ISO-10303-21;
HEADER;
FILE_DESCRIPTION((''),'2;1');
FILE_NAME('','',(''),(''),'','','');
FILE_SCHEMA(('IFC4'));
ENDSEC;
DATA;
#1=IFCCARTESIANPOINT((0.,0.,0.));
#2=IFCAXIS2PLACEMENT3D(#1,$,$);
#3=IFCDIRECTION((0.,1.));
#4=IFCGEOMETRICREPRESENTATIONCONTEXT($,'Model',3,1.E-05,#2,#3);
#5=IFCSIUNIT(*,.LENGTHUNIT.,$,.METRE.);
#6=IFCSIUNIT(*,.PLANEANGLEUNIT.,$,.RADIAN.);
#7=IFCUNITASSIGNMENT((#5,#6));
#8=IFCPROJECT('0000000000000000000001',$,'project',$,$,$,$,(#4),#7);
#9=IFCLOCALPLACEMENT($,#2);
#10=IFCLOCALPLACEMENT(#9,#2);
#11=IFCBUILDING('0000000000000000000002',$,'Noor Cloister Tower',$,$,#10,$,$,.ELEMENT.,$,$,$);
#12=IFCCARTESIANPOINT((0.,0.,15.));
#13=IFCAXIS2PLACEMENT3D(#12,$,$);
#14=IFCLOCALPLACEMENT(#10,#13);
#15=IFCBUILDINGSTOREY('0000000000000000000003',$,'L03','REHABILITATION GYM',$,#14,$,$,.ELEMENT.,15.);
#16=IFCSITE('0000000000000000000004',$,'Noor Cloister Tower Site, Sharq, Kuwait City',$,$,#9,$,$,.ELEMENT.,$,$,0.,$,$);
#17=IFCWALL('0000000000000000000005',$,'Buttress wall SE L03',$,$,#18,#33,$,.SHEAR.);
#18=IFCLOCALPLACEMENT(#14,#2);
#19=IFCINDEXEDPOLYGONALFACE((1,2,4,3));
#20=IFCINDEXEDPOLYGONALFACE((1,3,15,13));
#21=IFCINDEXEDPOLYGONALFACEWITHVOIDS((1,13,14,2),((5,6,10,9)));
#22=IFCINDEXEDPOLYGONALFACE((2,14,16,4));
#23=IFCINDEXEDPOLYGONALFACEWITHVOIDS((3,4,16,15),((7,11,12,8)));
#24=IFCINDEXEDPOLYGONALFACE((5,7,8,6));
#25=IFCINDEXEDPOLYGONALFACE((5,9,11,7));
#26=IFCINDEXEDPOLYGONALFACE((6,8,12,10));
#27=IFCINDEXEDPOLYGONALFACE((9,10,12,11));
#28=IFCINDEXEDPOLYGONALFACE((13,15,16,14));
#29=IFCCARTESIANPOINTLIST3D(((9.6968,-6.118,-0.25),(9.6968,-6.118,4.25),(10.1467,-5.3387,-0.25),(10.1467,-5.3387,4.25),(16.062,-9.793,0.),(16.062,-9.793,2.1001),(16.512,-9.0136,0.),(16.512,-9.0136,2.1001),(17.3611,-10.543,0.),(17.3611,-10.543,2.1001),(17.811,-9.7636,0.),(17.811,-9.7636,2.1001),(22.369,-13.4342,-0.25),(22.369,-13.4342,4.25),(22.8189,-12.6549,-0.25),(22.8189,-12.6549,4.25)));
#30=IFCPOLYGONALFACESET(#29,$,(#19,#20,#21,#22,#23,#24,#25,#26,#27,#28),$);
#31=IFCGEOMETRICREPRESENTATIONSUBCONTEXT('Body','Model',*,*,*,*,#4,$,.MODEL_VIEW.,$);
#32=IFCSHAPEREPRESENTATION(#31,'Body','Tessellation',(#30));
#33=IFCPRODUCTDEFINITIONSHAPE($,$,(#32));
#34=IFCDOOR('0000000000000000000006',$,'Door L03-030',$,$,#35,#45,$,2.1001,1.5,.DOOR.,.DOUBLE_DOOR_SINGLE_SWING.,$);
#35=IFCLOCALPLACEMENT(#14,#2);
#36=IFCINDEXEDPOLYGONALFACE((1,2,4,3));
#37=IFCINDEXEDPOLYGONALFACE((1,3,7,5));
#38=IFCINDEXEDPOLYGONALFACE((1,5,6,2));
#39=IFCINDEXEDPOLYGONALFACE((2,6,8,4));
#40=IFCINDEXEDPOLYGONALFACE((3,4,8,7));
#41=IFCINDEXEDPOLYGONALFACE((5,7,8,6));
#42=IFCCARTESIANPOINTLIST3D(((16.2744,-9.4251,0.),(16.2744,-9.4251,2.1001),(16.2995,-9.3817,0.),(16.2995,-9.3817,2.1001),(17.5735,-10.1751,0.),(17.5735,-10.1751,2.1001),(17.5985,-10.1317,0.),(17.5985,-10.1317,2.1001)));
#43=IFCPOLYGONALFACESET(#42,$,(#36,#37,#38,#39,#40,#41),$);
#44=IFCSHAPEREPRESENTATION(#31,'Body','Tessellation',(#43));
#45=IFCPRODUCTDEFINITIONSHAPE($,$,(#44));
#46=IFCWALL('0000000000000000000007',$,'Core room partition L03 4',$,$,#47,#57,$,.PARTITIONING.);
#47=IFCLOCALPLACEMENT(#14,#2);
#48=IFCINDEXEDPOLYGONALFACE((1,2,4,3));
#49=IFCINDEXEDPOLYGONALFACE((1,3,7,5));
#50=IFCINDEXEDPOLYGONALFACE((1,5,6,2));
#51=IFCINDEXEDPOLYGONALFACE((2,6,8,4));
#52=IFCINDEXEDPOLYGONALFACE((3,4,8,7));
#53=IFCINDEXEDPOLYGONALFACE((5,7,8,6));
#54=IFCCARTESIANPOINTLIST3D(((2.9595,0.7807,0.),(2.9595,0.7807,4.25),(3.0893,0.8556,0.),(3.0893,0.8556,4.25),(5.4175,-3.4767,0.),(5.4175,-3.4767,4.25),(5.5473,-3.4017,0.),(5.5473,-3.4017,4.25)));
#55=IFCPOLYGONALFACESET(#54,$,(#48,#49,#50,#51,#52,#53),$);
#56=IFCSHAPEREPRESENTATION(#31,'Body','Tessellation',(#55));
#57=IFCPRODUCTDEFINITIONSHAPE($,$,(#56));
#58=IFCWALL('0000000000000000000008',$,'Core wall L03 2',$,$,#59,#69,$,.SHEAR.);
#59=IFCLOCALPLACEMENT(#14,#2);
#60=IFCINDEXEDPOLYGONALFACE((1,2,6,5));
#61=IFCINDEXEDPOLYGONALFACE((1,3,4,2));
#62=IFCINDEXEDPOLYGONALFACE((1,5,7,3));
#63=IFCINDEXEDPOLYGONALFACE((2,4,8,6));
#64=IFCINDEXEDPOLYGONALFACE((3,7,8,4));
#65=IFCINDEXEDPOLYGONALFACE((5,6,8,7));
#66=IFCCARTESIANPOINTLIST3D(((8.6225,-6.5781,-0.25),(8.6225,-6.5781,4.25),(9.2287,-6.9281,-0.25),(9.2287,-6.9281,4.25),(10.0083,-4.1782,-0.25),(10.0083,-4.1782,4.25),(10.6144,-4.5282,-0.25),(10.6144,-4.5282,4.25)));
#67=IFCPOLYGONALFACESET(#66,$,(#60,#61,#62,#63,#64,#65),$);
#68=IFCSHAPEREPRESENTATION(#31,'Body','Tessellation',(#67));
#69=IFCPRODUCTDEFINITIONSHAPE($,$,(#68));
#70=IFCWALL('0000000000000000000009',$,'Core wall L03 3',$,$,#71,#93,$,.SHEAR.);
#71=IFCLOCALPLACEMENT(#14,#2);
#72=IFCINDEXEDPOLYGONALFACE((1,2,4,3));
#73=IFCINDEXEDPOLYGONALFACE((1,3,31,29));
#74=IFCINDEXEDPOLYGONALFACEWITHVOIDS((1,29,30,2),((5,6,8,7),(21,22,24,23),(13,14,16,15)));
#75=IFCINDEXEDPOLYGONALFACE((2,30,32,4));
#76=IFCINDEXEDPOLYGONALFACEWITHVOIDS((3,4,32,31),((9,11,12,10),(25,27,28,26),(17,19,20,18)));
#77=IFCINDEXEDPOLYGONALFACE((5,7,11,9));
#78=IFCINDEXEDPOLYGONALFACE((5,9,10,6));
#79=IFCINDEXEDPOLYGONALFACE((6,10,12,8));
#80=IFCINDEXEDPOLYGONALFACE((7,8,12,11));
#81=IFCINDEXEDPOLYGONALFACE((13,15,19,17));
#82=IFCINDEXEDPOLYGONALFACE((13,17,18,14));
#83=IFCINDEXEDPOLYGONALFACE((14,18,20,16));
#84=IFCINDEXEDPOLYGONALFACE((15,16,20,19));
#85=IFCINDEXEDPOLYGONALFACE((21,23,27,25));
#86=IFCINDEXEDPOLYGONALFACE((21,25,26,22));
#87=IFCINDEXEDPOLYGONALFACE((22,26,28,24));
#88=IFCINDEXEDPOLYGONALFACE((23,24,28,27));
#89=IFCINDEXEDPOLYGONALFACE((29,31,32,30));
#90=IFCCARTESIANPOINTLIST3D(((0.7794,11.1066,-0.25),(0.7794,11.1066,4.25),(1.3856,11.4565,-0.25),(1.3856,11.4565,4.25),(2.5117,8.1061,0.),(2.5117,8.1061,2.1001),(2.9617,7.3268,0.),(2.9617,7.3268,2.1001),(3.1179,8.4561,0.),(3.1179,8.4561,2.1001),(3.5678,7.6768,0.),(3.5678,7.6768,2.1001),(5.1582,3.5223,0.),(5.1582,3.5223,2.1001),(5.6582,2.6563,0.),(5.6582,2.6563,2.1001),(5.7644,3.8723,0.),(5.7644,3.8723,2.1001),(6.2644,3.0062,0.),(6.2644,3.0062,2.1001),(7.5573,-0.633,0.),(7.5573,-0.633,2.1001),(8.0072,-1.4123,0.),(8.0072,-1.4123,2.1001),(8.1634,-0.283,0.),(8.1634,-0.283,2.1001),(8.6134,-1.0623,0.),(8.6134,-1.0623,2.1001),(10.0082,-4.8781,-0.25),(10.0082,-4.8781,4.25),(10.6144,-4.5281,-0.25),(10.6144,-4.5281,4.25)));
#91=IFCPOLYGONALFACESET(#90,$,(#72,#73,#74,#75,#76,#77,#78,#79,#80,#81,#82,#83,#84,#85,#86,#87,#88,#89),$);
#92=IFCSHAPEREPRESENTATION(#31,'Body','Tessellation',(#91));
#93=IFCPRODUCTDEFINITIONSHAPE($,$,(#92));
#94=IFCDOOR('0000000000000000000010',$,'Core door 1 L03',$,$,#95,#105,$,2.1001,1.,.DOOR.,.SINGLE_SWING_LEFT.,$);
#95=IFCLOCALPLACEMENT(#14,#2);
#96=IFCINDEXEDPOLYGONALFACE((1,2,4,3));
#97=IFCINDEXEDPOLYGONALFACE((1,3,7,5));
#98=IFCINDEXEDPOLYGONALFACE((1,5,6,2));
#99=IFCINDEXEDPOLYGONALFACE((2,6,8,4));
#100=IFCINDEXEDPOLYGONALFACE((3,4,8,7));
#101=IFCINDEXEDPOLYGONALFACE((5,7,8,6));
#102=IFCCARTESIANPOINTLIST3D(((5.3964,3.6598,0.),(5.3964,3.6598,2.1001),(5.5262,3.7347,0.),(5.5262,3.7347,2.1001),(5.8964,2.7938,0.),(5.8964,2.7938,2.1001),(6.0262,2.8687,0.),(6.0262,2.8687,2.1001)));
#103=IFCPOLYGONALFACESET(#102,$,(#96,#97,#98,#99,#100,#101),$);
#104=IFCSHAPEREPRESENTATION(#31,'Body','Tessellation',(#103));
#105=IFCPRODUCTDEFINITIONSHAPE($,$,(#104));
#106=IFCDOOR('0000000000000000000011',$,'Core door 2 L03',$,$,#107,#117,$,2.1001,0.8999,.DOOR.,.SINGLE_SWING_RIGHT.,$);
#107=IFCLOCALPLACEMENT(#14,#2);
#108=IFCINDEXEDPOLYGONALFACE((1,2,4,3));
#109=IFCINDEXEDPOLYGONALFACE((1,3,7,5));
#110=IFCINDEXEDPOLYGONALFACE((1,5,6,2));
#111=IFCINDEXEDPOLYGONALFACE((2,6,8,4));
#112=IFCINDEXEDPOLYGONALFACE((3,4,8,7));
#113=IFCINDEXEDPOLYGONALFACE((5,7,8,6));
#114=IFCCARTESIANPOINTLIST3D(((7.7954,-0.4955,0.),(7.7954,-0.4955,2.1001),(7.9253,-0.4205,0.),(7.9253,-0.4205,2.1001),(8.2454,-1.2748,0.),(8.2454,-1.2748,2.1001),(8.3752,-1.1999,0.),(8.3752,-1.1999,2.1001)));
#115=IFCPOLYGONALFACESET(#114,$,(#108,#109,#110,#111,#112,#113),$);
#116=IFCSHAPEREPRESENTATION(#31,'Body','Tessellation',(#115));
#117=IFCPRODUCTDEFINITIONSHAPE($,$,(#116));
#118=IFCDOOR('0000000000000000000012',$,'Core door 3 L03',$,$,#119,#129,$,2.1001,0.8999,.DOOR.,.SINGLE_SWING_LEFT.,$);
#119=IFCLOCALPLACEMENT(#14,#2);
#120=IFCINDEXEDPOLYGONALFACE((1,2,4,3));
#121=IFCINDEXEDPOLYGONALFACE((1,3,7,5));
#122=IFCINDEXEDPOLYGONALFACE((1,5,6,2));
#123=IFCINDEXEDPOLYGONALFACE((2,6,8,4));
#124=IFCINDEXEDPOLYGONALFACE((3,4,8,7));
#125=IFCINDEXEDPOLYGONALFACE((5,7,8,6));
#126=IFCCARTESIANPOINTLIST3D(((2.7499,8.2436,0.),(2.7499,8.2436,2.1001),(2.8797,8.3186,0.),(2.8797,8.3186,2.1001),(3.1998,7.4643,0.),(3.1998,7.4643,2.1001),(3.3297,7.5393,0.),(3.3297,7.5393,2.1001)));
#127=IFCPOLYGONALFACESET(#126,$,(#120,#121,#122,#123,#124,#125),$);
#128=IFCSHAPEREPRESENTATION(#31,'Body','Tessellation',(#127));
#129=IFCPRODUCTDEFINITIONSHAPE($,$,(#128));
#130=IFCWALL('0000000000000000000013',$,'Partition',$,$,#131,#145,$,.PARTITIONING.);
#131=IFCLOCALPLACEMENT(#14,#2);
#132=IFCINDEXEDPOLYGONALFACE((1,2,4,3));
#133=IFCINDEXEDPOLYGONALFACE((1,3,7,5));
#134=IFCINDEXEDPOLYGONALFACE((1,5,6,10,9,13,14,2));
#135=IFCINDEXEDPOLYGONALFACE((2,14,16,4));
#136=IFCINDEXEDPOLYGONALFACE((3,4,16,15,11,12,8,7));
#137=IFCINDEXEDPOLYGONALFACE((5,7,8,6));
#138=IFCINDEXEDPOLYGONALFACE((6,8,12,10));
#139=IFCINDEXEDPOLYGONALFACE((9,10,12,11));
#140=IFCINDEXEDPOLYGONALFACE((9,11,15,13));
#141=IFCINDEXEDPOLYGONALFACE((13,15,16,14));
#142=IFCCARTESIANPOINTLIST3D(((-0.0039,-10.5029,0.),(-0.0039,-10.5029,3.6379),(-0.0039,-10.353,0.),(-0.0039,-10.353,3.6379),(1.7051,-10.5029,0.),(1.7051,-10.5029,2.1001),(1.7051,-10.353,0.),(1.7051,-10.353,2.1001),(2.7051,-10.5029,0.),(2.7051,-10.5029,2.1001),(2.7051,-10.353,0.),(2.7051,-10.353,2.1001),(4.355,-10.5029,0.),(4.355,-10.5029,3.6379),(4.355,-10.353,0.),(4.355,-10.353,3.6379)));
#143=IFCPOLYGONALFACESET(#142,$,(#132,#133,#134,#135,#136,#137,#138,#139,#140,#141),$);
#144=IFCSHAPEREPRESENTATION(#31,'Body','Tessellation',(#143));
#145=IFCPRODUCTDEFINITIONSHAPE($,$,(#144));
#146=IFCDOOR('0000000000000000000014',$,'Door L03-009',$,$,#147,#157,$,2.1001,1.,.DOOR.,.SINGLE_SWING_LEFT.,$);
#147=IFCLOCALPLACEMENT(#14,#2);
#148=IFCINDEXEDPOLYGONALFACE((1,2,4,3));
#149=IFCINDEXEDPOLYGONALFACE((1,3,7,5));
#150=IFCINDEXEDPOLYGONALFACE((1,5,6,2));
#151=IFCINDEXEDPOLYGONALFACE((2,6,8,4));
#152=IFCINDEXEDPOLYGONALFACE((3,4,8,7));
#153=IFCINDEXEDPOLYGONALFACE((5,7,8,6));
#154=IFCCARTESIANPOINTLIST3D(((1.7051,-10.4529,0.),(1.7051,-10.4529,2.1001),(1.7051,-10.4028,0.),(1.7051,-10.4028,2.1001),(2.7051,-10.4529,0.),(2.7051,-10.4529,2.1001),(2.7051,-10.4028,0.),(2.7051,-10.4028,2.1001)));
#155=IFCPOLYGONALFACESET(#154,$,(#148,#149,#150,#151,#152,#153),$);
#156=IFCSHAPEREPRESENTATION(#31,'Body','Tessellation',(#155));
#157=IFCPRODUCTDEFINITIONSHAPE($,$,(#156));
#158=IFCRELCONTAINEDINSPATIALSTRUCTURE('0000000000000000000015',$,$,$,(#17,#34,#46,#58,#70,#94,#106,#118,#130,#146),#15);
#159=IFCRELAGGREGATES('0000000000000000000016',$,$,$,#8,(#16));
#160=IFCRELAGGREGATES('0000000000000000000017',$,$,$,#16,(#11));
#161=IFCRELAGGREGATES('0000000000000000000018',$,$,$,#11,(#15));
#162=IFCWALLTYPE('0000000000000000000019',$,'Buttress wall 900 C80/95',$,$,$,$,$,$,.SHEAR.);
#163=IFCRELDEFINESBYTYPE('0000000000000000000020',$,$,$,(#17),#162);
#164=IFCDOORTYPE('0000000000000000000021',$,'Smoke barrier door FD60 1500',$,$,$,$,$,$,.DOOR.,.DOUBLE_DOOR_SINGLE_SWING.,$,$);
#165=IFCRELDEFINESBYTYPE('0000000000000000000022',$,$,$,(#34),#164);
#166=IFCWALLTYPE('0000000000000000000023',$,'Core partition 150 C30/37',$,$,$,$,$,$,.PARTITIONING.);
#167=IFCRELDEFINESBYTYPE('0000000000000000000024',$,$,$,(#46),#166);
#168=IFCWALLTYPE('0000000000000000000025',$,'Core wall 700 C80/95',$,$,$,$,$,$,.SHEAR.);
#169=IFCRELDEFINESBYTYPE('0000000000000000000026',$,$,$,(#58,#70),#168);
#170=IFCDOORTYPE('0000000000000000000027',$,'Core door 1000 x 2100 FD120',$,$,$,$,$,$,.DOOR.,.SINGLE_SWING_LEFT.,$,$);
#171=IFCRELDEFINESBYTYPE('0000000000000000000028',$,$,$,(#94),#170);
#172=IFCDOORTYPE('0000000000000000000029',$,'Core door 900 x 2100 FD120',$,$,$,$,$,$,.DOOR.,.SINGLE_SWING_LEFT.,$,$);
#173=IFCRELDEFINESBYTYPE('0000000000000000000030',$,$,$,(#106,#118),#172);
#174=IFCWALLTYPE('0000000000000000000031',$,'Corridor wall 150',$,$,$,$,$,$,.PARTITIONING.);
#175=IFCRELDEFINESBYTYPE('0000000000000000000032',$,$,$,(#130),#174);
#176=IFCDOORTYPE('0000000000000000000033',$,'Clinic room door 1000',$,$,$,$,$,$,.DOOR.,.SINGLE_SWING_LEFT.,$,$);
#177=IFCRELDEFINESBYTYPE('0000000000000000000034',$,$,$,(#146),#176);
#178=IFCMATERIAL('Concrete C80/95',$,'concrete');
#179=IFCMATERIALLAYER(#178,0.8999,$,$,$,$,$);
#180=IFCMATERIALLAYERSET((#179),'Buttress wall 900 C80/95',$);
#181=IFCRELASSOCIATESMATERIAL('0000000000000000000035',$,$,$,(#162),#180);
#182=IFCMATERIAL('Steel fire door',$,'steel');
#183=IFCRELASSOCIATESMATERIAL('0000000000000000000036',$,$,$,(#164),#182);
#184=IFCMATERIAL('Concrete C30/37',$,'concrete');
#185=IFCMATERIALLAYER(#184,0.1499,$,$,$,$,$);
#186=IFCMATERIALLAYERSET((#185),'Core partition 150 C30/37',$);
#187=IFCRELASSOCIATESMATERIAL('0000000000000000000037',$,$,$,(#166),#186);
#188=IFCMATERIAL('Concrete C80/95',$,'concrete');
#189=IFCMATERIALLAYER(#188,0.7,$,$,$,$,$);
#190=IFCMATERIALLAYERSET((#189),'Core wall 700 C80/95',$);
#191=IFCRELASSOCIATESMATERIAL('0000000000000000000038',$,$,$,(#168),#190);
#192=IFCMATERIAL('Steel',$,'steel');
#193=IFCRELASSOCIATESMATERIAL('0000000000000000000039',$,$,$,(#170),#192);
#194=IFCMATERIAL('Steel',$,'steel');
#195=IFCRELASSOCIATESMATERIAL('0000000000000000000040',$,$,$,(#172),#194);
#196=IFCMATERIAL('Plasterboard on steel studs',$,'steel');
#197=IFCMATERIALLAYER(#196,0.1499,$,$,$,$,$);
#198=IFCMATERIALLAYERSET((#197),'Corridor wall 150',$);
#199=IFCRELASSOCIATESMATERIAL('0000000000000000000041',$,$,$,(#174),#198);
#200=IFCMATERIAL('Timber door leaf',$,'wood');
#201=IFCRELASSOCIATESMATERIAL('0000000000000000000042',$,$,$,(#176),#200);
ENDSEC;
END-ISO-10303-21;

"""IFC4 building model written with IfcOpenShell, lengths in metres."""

from ifc_helpers import new_model, si_unit, direction, frame, frame_2d, origin, place, context, subcontext, project, spatial, rectangle, extrude, material, layer, layer_set, type_object, element, fill, save


model = new_model("IFC4")

# Units and contexts
model_context = context("Model", 3, precision=1e-05, world=origin(), true_north=direction((0.0, 1.0)))
body_context = subcontext(model_context, "Body", "Model", "MODEL_VIEW")
ifc_project = project(units=[si_unit("LENGTHUNIT", "METRE"), si_unit("PLANEANGLEUNIT", "RADIAN")], contexts=[model_context])

# Site, building, storey
site_placement = place(None, origin())
site = spatial("IfcSite", under=ifc_project, at=site_placement, Name="Noor Cloister Tower Site, Sharq, Kuwait City", CompositionType="ELEMENT", RefElevation=0.0)
building_placement = place(site_placement, origin())
building = spatial("IfcBuilding", under=site, at=building_placement, Name="Noor Cloister Tower", CompositionType="ELEMENT")
storey_placement = place(building_placement, frame((0.0, 0.0, 15.0)))
storey = spatial("IfcBuildingStorey", under=building, at=storey_placement, Name="L03", Description="REHABILITATION GYM", CompositionType="ELEMENT", Elevation=15.0)

# Wall, opening, door
ifc_material_1 = material(Name="Concrete C80/95", Category="concrete")
ifc_layer_1 = layer(ifc_material_1, 0.8999)
ifc_layer_set_1 = layer_set([ifc_layer_1], Name="Buttress wall 900 C80/95")
wall_type_1 = type_object("IfcWallType", Name="Buttress wall 900 C80/95", PredefinedType="SHEAR", material=ifc_layer_set_1)
wall_1_placement = place(storey_placement, frame((9.9216, -5.7283, -0.25), z_axis=(0.0, 0.0, 1.0), x_axis=(0.866028, -0.499995, 0.0)))
wall_1 = element("IfcWall", 1, at=wall_1_placement, inside=storey, type_object=wall_type_1, Name="Buttress wall SE L03", PredefinedType="SHEAR", context=body_context, shape_type="SweptSolid", body=[
    extrude(rectangle(XDim=14.6326, YDim=0.8999, at=frame_2d((7.3164, 0.0))), origin(), (0.0, 0.0, 1.0), 4.5),
])
opening_1_placement = place(wall_1_placement, frame((7.3501, 0.0, 0.25)))
opening_1 = element("IfcOpeningElement", 2, at=opening_1_placement, cuts=wall_1, PredefinedType="OPENING", context=body_context, shape_type="SweptSolid", body=[
    extrude(rectangle(XDim=1.5, YDim=2.1001, at=frame_2d((0.75, 1.05))), frame((0.0, 0.46, 0.0), z_axis=(0.0, -1.0, 0.0), x_axis=(1.0, 0.0, 0.0)), (0.0, 0.0, 1.0), 0.9199),
])
ifc_material_2 = material(Name="Steel fire door", Category="steel")
door_type_1 = type_object("IfcDoorType", Name="Smoke barrier door FD60 1500", OperationType="DOUBLE_DOOR_SINGLE_SWING", PredefinedType="DOOR", material=ifc_material_2)
door_1_placement = place(opening_1_placement, origin())
door_1 = element("IfcDoor", 3, at=door_1_placement, inside=storey, type_object=door_type_1, Name="Door L03-030", OperationType="DOUBLE_DOOR_SINGLE_SWING", OverallHeight=2.1001, OverallWidth=1.5, PredefinedType="DOOR", context=body_context, shape_type="SweptSolid", body=[
    extrude(rectangle(XDim=1.5, YDim=2.1001, at=frame_2d((0.75, 1.05))), frame((0.0, 0.0249, 0.0), z_axis=(0.0, -1.0, 0.0), x_axis=(1.0, 0.0, 0.0)), (0.0, 0.0, 1.0), 0.05),
])
fill(opening_1, door_1)

# Walls
ifc_material_3 = material(Name="Concrete C30/37", Category="concrete")
ifc_layer_2 = layer(ifc_material_3, 0.1499)
ifc_layer_set_2 = layer_set([ifc_layer_2], Name="Core partition 150 C30/37")
wall_type_2 = type_object("IfcWallType", Name="Core partition 150 C30/37", PredefinedType="PARTITIONING", material=ifc_layer_set_2)
wall_2_placement = place(storey_placement, frame((5.4824, -3.4392, 0.0), z_axis=(0.0, 0.0, 1.0), x_axis=(-0.500006, 0.866022, 0.0)))
element("IfcWall", 4, at=wall_2_placement, inside=storey, type_object=wall_type_2, Name="Core room partition L03 4", PredefinedType="PARTITIONING", context=body_context, shape_type="SweptSolid", body=[
    extrude(rectangle(XDim=4.916, YDim=0.1499, at=frame_2d((2.458, 0.0))), origin(), (0.0, 0.0, 1.0), 4.25),
])
ifc_material_4 = material(Name="Concrete C80/95", Category="concrete")
ifc_layer_3 = layer(ifc_material_4, 0.7)
ifc_layer_set_3 = layer_set([ifc_layer_3], Name="Core wall 700 C80/95")
wall_type_3 = type_object("IfcWallType", Name="Core wall 700 C80/95", PredefinedType="SHEAR", material=ifc_layer_set_3)
wall_3_placement = place(storey_placement, frame((8.9255, -6.7532, -0.25), z_axis=(0.0, 0.0, 1.0), x_axis=(0.500043, 0.866001, 0.0)))
element("IfcWall", 5, at=wall_3_placement, inside=storey, type_object=wall_type_3, Name="Core wall L03 2", PredefinedType="SHEAR", context=body_context, shape_type="SweptSolid", body=[
    extrude(rectangle(XDim=2.7712, YDim=0.7, at=frame_2d((1.3857, 0.0))), origin(), (0.0, 0.0, 1.0), 4.5),
])

# Wall, openings, doors
wall_4_placement = place(storey_placement, frame((10.3113, -4.7031, -0.25), z_axis=(0.0, 0.0, 1.0), x_axis=(-0.500001, 0.866025, 0.0)))
wall_4 = element("IfcWall", 6, at=wall_4_placement, inside=storey, type_object=wall_type_3, Name="Core wall L03 3", PredefinedType="SHEAR", context=body_context, shape_type="SweptSolid", body=[
    extrude(rectangle(XDim=18.4575, YDim=0.7, at=frame_2d((9.2288, 0.0))), origin(), (0.0, 0.0, 1.0), 4.5),
])
opening_2_placement = place(wall_4_placement, frame((8.7, 0.0, 0.25)))
opening_2 = element("IfcOpeningElement", 7, at=opening_2_placement, cuts=wall_4, PredefinedType="OPENING", context=body_context, shape_type="SweptSolid", body=[
    extrude(rectangle(XDim=1.0, YDim=2.1001, at=frame_2d((0.5, 1.05))), frame((0.0, 0.3599, 0.0), z_axis=(0.0, -1.0, 0.0), x_axis=(1.0, 0.0, 0.0)), (0.0, 0.0, 1.0), 0.72),
])
opening_3_placement = place(wall_4_placement, frame((4.002, 0.0, 0.25)))
opening_3 = element("IfcOpeningElement", 8, at=opening_3_placement, cuts=wall_4, PredefinedType="OPENING", context=body_context, shape_type="SweptSolid", body=[
    extrude(rectangle(XDim=0.8999, YDim=2.1001, at=frame_2d((0.45, 1.05))), frame((0.0, 0.3599, 0.0), z_axis=(0.0, -1.0, 0.0), x_axis=(1.0, 0.0, 0.0)), (0.0, 0.0, 1.0), 0.72),
])
opening_4_placement = place(wall_4_placement, frame((14.093, 0.0, 0.25)))
opening_4 = element("IfcOpeningElement", 9, at=opening_4_placement, cuts=wall_4, PredefinedType="OPENING", context=body_context, shape_type="SweptSolid", body=[
    extrude(rectangle(XDim=0.8999, YDim=2.1001, at=frame_2d((0.45, 1.05))), frame((0.0, 0.3599, 0.0), z_axis=(0.0, -1.0, 0.0), x_axis=(1.0, 0.0, 0.0)), (0.0, 0.0, 1.0), 0.72),
])
ifc_material_5 = material(Name="Steel", Category="steel")
door_type_2 = type_object("IfcDoorType", Name="Core door 1000 x 2100 FD120", OperationType="SINGLE_SWING_LEFT", PredefinedType="DOOR", material=ifc_material_5)
door_2_placement = place(opening_2_placement, origin())
door_2 = element("IfcDoor", 10, at=door_2_placement, inside=storey, type_object=door_type_2, Name="Core door 1 L03", OperationType="SINGLE_SWING_LEFT", OverallHeight=2.1001, OverallWidth=1.0, PredefinedType="DOOR", context=body_context, shape_type="SweptSolid", body=[
    extrude(rectangle(XDim=1.0, YDim=2.1001, at=frame_2d((0.5, 1.05))), frame((0.0, 0.075, 0.0), z_axis=(0.0, -1.0, 0.0), x_axis=(1.0, 0.0, 0.0)), (0.0, 0.0, 1.0), 0.1499),
])
fill(opening_2, door_2)
ifc_material_6 = material(Name="Steel", Category="steel")
door_type_3 = type_object("IfcDoorType", Name="Core door 900 x 2100 FD120", OperationType="SINGLE_SWING_LEFT", PredefinedType="DOOR", material=ifc_material_6)
door_3_placement = place(opening_3_placement, origin())
door_3 = element("IfcDoor", 11, at=door_3_placement, inside=storey, type_object=door_type_3, Name="Core door 2 L03", OperationType="SINGLE_SWING_RIGHT", OverallHeight=2.1001, OverallWidth=0.8999, PredefinedType="DOOR", context=body_context, shape_type="SweptSolid", body=[
    extrude(rectangle(XDim=0.8999, YDim=2.1001, at=frame_2d((0.45, 1.05))), frame((0.0, 0.075, 0.0), z_axis=(0.0, -1.0, 0.0), x_axis=(1.0, 0.0, 0.0)), (0.0, 0.0, 1.0), 0.1499),
])
fill(opening_3, door_3)
door_4_placement = place(opening_4_placement, origin())
door_4 = element("IfcDoor", 12, at=door_4_placement, inside=storey, type_object=door_type_3, Name="Core door 3 L03", OperationType="SINGLE_SWING_LEFT", OverallHeight=2.1001, OverallWidth=0.8999, PredefinedType="DOOR", context=body_context, shape_type="SweptSolid", body=[
    extrude(rectangle(XDim=0.8999, YDim=2.1001, at=frame_2d((0.45, 1.05))), frame((0.0, 0.075, 0.0), z_axis=(0.0, -1.0, 0.0), x_axis=(1.0, 0.0, 0.0)), (0.0, 0.0, 1.0), 0.1499),
])
fill(opening_4, door_4)

# Wall, opening, door
ifc_material_7 = material(Name="Plasterboard on steel studs", Category="steel")
ifc_layer_4 = layer(ifc_material_7, 0.1499)
ifc_layer_set_4 = layer_set([ifc_layer_4], Name="Corridor wall 150")
wall_type_4 = type_object("IfcWallType", Name="Corridor wall 150", PredefinedType="PARTITIONING", material=ifc_layer_set_4)
wall_5_placement = place(storey_placement, frame((4.355, -10.428, 0.0), z_axis=(0.0, 0.0, 1.0), x_axis=(-1.0, 0.0, 0.0)))
wall_5 = element("IfcWall", 13, at=wall_5_placement, inside=storey, type_object=wall_type_4, Name="Partition", PredefinedType="PARTITIONING", context=body_context, shape_type="SweptSolid", body=[
    extrude(rectangle(XDim=4.3589, YDim=0.1499, at=frame_2d((2.1794, 0.0))), origin(), (0.0, 0.0, 1.0), 3.6379),
])
opening_5_placement = place(wall_5_placement, frame((1.6499, 0.0, 0.0)))
opening_5 = element("IfcOpeningElement", 14, at=opening_5_placement, cuts=wall_5, PredefinedType="OPENING", context=body_context, shape_type="SweptSolid", body=[
    extrude(rectangle(XDim=1.0, YDim=2.1001, at=frame_2d((0.5, 1.05))), frame((0.0, 0.085, 0.0), z_axis=(0.0, -1.0, 0.0), x_axis=(1.0, 0.0, 0.0)), (0.0, 0.0, 1.0), 0.1699),
])
ifc_material_8 = material(Name="Timber door leaf", Category="wood")
door_type_4 = type_object("IfcDoorType", Name="Clinic room door 1000", OperationType="SINGLE_SWING_LEFT", PredefinedType="DOOR", material=ifc_material_8)
door_5_placement = place(opening_5_placement, origin())
door_5 = element("IfcDoor", 15, at=door_5_placement, inside=storey, type_object=door_type_4, Name="Door L03-009", OperationType="SINGLE_SWING_LEFT", OverallHeight=2.1001, OverallWidth=1.0, PredefinedType="DOOR", context=body_context, shape_type="SweptSolid", body=[
    extrude(rectangle(XDim=1.0, YDim=2.1001, at=frame_2d((0.5, 1.05))), frame((0.0, 0.0249, 0.0), z_axis=(0.0, -1.0, 0.0), x_axis=(1.0, 0.0, 0.0)), (0.0, 0.0, 1.0), 0.05),
])
fill(opening_5, door_5)

save(model, "model.ifc")
